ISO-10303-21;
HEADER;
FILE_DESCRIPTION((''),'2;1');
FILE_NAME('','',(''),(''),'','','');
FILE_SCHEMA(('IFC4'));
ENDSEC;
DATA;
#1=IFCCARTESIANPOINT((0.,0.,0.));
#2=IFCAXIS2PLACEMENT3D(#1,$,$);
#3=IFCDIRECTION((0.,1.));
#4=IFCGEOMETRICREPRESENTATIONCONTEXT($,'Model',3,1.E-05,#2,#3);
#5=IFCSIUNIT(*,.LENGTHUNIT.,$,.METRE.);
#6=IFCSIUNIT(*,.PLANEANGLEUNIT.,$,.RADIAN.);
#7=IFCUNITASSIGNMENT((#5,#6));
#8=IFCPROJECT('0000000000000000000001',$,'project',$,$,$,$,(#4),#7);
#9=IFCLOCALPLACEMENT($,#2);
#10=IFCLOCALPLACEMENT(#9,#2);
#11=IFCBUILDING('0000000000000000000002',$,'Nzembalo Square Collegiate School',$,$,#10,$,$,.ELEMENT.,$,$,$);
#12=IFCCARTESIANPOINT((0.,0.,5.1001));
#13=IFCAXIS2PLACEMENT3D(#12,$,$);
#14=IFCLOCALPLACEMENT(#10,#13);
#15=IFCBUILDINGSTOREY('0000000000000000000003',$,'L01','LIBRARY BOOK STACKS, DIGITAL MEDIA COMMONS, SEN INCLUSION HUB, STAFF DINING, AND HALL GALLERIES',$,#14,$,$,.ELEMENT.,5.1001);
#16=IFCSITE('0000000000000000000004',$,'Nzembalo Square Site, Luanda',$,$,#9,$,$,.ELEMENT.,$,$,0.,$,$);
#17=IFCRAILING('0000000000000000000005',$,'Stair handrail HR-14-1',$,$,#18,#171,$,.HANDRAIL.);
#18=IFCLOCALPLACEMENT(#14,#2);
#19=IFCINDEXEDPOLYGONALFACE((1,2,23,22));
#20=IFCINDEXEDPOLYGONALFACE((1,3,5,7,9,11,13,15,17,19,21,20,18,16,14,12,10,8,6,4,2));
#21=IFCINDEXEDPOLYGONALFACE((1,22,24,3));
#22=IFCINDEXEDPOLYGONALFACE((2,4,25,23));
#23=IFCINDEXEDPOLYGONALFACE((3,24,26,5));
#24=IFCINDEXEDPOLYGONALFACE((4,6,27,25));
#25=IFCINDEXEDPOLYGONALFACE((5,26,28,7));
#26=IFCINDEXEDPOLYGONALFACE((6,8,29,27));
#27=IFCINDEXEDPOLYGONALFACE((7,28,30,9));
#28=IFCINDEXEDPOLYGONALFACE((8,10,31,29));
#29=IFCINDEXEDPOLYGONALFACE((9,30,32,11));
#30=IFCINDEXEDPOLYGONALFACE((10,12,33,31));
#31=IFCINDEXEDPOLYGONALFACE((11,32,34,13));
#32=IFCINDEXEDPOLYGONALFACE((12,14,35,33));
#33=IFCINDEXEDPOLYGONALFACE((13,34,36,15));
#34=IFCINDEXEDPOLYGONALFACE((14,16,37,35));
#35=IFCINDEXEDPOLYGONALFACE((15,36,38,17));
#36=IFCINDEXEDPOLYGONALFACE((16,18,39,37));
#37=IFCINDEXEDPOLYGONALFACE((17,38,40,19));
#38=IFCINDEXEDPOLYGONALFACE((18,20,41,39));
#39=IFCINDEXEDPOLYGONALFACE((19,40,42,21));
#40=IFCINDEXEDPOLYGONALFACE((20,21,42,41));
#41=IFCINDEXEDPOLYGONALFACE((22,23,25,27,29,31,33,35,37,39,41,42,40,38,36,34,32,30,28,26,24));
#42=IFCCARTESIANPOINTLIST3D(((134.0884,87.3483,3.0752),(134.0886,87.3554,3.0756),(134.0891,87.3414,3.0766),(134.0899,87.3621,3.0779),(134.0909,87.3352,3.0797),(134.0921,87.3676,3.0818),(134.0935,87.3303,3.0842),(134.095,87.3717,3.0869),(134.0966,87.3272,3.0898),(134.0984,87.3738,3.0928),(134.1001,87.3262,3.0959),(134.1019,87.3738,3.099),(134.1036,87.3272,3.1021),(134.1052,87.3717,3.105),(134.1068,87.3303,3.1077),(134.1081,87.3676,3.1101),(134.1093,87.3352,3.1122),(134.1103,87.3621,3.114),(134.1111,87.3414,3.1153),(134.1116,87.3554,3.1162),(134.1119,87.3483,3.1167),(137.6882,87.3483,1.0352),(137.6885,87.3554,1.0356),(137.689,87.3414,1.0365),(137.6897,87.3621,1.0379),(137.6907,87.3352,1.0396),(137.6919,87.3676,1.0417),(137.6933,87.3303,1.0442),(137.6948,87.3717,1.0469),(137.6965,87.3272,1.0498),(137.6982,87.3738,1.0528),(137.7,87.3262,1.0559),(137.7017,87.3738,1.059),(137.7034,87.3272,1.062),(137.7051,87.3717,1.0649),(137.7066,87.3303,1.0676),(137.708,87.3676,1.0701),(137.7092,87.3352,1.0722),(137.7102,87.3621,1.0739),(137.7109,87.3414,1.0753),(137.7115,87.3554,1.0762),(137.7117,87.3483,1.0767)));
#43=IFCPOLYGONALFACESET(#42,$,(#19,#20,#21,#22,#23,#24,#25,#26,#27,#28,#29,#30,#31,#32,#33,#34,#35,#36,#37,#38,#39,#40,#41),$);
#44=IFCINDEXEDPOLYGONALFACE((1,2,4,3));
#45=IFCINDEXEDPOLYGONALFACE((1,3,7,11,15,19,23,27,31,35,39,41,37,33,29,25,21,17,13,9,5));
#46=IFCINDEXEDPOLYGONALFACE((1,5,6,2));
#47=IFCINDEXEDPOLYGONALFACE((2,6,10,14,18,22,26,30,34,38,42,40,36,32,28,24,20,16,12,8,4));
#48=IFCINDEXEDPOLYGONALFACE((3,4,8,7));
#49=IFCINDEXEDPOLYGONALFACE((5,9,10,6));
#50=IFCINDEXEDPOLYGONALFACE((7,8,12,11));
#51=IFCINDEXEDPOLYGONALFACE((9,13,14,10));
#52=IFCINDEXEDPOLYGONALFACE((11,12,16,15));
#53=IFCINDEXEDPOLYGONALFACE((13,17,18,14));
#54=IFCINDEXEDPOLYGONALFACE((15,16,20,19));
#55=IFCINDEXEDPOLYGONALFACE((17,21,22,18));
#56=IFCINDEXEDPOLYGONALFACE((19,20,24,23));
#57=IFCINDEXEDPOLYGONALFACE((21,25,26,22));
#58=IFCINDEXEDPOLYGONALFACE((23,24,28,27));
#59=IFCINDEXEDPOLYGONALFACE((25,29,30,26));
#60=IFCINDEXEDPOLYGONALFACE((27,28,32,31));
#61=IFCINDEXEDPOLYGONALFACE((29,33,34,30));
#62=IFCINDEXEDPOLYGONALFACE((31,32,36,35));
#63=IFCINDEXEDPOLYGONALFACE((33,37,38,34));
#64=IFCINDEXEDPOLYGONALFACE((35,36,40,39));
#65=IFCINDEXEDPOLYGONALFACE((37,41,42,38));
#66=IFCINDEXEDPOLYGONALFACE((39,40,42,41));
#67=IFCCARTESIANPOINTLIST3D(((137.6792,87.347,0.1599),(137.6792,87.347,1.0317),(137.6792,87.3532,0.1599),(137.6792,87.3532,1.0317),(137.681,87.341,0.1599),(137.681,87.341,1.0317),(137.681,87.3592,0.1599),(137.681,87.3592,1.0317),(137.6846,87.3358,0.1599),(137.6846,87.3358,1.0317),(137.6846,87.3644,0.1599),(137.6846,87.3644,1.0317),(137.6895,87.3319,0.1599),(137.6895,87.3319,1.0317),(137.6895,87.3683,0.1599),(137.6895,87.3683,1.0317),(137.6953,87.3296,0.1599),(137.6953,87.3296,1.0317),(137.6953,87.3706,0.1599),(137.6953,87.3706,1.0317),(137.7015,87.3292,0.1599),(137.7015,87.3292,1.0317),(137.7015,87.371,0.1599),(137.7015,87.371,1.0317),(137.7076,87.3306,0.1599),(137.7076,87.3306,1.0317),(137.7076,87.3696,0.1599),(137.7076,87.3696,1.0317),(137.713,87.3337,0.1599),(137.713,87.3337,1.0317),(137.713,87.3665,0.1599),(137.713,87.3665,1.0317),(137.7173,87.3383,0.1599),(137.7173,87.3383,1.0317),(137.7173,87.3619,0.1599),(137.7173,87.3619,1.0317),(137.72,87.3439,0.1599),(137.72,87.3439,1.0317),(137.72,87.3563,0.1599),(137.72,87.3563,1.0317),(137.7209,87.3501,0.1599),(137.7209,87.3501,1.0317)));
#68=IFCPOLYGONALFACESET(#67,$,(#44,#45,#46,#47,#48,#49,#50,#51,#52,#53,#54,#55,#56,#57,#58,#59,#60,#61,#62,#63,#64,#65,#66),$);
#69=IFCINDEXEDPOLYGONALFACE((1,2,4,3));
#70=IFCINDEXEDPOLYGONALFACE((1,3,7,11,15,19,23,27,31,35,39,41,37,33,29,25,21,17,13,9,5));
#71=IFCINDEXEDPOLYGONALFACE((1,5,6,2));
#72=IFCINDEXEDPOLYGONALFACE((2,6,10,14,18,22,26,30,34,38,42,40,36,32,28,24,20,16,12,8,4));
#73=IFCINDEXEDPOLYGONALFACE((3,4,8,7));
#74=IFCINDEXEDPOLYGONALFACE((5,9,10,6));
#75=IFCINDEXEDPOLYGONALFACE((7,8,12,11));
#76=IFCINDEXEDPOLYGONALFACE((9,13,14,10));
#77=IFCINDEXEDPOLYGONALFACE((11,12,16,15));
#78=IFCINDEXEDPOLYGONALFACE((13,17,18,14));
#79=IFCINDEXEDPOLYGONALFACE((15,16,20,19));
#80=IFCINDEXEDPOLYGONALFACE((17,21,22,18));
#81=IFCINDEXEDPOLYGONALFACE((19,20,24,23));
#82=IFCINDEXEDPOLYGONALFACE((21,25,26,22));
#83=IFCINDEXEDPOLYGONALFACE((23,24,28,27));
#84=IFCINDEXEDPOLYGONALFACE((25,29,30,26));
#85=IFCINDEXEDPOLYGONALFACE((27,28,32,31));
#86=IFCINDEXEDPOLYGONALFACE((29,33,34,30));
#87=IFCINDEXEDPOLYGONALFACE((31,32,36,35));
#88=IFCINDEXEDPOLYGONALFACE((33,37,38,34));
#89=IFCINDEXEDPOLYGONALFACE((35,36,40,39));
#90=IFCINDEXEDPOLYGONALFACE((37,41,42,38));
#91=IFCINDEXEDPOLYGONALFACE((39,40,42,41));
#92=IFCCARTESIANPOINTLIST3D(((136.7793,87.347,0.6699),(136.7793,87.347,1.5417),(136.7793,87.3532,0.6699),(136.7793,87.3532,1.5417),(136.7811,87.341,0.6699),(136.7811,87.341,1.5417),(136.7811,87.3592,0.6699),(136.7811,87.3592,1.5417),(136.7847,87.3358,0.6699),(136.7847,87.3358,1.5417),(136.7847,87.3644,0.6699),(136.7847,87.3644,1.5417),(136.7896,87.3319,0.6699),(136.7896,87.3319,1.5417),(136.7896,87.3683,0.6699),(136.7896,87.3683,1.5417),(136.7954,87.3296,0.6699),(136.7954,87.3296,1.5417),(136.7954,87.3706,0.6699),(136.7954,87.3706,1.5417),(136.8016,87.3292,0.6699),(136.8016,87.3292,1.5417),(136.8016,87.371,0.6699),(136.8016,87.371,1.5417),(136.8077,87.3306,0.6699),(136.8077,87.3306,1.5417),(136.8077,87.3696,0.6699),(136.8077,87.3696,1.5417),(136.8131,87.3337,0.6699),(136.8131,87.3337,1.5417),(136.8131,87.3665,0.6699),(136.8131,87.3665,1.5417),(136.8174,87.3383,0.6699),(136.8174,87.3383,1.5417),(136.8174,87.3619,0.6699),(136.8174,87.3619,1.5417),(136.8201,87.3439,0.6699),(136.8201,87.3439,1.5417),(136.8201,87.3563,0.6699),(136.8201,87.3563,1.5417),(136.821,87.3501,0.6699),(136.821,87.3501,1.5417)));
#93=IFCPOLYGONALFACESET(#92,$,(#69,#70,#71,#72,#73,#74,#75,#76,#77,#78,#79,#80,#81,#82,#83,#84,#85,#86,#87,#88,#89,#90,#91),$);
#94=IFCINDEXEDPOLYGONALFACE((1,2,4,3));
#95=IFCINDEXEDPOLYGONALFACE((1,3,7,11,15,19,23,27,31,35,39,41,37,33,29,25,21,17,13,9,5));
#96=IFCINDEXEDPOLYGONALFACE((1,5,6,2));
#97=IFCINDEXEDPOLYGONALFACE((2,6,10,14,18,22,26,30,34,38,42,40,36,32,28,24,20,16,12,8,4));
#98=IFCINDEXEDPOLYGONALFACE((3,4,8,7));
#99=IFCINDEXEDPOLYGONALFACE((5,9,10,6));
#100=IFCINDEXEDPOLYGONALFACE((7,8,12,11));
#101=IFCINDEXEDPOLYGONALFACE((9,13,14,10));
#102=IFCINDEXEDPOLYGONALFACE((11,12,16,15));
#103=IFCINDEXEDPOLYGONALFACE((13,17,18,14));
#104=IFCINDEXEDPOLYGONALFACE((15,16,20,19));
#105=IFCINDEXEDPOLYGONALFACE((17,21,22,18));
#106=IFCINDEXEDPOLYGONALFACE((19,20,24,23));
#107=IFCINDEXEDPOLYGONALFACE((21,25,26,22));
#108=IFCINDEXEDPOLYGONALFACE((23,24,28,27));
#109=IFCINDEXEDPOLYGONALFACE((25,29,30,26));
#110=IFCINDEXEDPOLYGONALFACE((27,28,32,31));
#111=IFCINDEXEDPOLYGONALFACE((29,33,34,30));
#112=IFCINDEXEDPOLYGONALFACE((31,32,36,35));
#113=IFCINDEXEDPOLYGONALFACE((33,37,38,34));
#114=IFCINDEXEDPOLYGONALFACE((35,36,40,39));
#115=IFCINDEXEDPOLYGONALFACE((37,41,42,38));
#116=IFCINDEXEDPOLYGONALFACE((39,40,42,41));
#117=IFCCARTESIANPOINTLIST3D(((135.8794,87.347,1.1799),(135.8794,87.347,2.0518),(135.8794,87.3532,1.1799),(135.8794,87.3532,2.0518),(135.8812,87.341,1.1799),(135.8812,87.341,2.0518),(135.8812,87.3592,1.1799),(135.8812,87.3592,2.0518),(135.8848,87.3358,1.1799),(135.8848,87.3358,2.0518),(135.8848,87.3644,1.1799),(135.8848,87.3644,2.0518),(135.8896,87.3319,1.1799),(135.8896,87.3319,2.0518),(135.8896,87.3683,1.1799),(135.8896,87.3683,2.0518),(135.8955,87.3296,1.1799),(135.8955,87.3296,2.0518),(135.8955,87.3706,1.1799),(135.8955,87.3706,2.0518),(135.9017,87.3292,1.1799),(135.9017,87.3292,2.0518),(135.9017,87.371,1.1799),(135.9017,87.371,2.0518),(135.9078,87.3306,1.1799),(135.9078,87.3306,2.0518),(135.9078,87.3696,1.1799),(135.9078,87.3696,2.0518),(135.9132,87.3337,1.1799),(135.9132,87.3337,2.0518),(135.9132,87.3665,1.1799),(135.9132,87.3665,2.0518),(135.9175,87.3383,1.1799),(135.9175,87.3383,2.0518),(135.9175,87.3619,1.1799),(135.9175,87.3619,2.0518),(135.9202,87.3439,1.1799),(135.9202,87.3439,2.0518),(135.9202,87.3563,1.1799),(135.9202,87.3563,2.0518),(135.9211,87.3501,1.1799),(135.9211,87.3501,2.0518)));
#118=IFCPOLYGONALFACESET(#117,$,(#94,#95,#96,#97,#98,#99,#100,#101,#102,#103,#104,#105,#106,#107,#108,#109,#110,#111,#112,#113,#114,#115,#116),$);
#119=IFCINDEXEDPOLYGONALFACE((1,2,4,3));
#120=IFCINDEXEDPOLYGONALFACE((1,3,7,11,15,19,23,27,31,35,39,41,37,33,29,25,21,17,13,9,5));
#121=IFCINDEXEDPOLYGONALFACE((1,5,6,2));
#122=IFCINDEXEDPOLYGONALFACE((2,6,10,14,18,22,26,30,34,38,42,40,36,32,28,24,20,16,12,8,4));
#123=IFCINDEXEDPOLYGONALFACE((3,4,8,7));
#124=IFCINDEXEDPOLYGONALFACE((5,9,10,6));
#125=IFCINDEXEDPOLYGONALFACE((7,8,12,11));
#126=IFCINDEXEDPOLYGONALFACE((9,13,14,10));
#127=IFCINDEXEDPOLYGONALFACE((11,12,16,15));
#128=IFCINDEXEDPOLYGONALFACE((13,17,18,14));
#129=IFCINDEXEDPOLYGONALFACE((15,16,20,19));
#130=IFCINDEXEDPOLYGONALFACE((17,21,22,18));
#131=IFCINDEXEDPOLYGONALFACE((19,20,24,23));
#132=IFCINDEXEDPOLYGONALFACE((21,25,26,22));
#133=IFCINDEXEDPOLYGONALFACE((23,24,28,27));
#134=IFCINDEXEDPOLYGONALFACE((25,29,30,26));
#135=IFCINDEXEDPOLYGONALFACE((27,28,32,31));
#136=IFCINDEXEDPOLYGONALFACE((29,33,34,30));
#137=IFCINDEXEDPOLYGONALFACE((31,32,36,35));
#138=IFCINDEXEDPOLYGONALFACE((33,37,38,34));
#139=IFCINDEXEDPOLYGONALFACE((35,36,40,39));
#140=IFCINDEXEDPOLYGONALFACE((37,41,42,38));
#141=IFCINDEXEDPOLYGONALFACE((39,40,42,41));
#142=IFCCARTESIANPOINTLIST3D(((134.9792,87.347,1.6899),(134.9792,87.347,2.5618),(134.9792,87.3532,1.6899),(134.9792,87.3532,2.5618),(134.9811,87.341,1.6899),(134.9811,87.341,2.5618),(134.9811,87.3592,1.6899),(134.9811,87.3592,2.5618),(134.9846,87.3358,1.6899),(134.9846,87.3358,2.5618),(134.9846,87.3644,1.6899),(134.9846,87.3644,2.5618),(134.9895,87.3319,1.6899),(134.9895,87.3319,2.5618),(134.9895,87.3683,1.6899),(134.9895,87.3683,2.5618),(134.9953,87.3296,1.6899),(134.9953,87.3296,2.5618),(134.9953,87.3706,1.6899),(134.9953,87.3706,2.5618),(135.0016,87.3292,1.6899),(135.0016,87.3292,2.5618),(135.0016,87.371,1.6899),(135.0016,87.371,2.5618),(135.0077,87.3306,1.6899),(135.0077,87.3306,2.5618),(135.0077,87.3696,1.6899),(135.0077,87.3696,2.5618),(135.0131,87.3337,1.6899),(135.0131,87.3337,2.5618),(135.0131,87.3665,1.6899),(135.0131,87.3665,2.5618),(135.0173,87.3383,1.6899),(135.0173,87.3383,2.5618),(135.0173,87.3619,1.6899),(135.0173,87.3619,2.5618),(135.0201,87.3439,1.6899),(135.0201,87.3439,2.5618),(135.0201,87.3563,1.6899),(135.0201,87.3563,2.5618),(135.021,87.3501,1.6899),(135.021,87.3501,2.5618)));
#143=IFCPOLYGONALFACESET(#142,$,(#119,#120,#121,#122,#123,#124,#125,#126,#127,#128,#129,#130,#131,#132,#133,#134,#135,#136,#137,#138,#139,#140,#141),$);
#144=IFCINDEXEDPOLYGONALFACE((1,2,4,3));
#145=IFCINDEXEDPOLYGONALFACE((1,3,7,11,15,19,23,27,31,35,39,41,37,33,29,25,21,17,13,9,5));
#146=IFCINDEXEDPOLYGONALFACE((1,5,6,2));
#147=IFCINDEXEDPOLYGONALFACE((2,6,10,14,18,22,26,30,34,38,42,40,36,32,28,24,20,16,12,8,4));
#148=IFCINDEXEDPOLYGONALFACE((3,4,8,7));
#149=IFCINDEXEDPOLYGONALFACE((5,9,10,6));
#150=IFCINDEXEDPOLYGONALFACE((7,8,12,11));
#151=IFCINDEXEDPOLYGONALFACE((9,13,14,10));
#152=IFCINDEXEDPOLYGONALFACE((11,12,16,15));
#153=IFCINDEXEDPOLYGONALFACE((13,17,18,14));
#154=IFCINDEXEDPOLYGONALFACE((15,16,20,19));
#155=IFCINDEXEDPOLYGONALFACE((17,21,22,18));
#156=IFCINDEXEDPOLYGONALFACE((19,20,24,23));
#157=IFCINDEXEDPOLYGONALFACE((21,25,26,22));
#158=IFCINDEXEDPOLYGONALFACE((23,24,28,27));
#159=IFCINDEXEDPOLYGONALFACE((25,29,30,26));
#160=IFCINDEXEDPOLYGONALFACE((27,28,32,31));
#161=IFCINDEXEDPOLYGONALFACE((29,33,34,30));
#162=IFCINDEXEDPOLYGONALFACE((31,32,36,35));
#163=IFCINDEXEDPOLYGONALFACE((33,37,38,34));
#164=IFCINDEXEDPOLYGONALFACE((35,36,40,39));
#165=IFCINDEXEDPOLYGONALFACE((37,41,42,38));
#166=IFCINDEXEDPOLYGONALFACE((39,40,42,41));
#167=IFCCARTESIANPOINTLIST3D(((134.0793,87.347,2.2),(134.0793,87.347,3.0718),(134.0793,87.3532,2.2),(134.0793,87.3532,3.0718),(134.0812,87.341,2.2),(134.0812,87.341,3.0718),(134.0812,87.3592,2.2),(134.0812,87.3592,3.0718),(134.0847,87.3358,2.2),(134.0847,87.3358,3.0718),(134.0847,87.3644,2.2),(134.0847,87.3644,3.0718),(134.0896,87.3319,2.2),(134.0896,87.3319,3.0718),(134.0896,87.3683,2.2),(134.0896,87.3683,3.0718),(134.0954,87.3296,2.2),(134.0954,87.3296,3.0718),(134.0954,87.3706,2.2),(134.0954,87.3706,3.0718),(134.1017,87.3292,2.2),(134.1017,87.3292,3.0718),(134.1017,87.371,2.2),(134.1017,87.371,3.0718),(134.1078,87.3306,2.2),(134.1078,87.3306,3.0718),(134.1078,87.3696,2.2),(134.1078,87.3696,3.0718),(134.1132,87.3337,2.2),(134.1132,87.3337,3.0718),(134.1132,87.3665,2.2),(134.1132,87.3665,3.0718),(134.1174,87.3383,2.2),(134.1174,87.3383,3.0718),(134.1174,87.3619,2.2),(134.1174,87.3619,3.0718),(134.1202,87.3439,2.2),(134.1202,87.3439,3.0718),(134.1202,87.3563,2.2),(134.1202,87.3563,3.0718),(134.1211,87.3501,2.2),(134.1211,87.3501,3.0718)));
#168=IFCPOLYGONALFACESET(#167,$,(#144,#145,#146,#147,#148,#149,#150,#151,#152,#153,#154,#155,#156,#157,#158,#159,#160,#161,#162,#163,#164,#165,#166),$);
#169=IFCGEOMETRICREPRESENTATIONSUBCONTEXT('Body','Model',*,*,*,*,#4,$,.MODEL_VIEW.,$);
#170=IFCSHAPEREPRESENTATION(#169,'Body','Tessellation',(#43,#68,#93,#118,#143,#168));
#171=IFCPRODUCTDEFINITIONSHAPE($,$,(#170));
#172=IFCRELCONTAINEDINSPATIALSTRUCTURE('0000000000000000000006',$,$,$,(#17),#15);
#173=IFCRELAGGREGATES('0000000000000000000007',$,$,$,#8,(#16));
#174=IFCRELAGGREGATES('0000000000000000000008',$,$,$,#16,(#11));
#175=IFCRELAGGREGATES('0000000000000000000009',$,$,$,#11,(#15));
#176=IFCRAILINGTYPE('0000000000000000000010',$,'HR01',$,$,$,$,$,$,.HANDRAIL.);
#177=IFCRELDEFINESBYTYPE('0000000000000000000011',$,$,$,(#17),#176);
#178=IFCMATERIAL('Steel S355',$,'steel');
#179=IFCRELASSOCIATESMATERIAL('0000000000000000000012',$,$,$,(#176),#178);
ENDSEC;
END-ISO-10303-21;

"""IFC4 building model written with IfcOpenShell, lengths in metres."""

from ifc_helpers import new_model, si_unit, direction, frame, origin, origin_2d, place, context, subcontext, project, spatial, circle, extrude, material, type_object, element, save


model = new_model("IFC4")

# Units and contexts
model_context = context("Model", 3, precision=1e-05, world=origin(), true_north=direction((0.0, 1.0)))
body_context = subcontext(model_context, "Body", "Model", "MODEL_VIEW")
ifc_project = project(units=[si_unit("LENGTHUNIT", "METRE"), si_unit("PLANEANGLEUNIT", "RADIAN")], contexts=[model_context])

# Site, building, storey
site_placement = place(None, origin())
site = spatial("IfcSite", under=ifc_project, at=site_placement, Name="Nzembalo Square Site, Luanda", CompositionType="ELEMENT", RefElevation=0.0)
building_placement = place(site_placement, origin())
building = spatial("IfcBuilding", under=site, at=building_placement, Name="Nzembalo Square Collegiate School", CompositionType="ELEMENT")
storey_placement = place(building_placement, frame((0.0, 0.0, 5.1001)))
storey = spatial("IfcBuildingStorey", under=building, at=storey_placement, Name="L01", Description="LIBRARY BOOK STACKS, DIGITAL MEDIA COMMONS, SEN INCLUSION HUB, STAFF DINING, AND HALL GALLERIES", CompositionType="ELEMENT", Elevation=5.1001)

# Railing
ifc_material_1 = material(Name="Steel S355", Category="steel")
railing_type_1 = type_object("IfcRailingType", Name="HR01", PredefinedType="HANDRAIL", material=ifc_material_1)
railing_1_placement = place(storey_placement, frame((137.7, 87.3501, 0.1599)))
element("IfcRailing", 1, at=railing_1_placement, inside=storey, type_object=railing_type_1, Name="Stair handrail HR-14-1", PredefinedType="HANDRAIL", context=body_context, shape_type="SweptSolid", body=[
    extrude(circle(Radius=0.0239, at=origin_2d()), frame((0.0, 0.0, 0.896), z_axis=(-0.87001, 0.0, 0.493035), x_axis=(0.0, -1.0, 0.0)), (0.0, 0.0, 1.0), 4.1377),
    extrude(circle(Radius=0.021, at=origin_2d()), origin(), (0.0, 0.0, 1.0), 0.8718),
    extrude(circle(Radius=0.021, at=origin_2d()), frame((-0.8999, 0.0, 0.51)), (0.0, 0.0, 1.0), 0.8718),
    extrude(circle(Radius=0.021, at=origin_2d()), frame((-1.7998, 0.0, 1.02)), (0.0, 0.0, 1.0), 0.8718),
    extrude(circle(Radius=0.021, at=origin_2d()), frame((-2.7, 0.0, 1.53)), (0.0, 0.0, 1.0), 0.8718),
    extrude(circle(Radius=0.021, at=origin_2d()), frame((-3.5999, 0.0, 2.04)), (0.0, 0.0, 1.0), 0.8718),
])

save(model, "model.ifc")
